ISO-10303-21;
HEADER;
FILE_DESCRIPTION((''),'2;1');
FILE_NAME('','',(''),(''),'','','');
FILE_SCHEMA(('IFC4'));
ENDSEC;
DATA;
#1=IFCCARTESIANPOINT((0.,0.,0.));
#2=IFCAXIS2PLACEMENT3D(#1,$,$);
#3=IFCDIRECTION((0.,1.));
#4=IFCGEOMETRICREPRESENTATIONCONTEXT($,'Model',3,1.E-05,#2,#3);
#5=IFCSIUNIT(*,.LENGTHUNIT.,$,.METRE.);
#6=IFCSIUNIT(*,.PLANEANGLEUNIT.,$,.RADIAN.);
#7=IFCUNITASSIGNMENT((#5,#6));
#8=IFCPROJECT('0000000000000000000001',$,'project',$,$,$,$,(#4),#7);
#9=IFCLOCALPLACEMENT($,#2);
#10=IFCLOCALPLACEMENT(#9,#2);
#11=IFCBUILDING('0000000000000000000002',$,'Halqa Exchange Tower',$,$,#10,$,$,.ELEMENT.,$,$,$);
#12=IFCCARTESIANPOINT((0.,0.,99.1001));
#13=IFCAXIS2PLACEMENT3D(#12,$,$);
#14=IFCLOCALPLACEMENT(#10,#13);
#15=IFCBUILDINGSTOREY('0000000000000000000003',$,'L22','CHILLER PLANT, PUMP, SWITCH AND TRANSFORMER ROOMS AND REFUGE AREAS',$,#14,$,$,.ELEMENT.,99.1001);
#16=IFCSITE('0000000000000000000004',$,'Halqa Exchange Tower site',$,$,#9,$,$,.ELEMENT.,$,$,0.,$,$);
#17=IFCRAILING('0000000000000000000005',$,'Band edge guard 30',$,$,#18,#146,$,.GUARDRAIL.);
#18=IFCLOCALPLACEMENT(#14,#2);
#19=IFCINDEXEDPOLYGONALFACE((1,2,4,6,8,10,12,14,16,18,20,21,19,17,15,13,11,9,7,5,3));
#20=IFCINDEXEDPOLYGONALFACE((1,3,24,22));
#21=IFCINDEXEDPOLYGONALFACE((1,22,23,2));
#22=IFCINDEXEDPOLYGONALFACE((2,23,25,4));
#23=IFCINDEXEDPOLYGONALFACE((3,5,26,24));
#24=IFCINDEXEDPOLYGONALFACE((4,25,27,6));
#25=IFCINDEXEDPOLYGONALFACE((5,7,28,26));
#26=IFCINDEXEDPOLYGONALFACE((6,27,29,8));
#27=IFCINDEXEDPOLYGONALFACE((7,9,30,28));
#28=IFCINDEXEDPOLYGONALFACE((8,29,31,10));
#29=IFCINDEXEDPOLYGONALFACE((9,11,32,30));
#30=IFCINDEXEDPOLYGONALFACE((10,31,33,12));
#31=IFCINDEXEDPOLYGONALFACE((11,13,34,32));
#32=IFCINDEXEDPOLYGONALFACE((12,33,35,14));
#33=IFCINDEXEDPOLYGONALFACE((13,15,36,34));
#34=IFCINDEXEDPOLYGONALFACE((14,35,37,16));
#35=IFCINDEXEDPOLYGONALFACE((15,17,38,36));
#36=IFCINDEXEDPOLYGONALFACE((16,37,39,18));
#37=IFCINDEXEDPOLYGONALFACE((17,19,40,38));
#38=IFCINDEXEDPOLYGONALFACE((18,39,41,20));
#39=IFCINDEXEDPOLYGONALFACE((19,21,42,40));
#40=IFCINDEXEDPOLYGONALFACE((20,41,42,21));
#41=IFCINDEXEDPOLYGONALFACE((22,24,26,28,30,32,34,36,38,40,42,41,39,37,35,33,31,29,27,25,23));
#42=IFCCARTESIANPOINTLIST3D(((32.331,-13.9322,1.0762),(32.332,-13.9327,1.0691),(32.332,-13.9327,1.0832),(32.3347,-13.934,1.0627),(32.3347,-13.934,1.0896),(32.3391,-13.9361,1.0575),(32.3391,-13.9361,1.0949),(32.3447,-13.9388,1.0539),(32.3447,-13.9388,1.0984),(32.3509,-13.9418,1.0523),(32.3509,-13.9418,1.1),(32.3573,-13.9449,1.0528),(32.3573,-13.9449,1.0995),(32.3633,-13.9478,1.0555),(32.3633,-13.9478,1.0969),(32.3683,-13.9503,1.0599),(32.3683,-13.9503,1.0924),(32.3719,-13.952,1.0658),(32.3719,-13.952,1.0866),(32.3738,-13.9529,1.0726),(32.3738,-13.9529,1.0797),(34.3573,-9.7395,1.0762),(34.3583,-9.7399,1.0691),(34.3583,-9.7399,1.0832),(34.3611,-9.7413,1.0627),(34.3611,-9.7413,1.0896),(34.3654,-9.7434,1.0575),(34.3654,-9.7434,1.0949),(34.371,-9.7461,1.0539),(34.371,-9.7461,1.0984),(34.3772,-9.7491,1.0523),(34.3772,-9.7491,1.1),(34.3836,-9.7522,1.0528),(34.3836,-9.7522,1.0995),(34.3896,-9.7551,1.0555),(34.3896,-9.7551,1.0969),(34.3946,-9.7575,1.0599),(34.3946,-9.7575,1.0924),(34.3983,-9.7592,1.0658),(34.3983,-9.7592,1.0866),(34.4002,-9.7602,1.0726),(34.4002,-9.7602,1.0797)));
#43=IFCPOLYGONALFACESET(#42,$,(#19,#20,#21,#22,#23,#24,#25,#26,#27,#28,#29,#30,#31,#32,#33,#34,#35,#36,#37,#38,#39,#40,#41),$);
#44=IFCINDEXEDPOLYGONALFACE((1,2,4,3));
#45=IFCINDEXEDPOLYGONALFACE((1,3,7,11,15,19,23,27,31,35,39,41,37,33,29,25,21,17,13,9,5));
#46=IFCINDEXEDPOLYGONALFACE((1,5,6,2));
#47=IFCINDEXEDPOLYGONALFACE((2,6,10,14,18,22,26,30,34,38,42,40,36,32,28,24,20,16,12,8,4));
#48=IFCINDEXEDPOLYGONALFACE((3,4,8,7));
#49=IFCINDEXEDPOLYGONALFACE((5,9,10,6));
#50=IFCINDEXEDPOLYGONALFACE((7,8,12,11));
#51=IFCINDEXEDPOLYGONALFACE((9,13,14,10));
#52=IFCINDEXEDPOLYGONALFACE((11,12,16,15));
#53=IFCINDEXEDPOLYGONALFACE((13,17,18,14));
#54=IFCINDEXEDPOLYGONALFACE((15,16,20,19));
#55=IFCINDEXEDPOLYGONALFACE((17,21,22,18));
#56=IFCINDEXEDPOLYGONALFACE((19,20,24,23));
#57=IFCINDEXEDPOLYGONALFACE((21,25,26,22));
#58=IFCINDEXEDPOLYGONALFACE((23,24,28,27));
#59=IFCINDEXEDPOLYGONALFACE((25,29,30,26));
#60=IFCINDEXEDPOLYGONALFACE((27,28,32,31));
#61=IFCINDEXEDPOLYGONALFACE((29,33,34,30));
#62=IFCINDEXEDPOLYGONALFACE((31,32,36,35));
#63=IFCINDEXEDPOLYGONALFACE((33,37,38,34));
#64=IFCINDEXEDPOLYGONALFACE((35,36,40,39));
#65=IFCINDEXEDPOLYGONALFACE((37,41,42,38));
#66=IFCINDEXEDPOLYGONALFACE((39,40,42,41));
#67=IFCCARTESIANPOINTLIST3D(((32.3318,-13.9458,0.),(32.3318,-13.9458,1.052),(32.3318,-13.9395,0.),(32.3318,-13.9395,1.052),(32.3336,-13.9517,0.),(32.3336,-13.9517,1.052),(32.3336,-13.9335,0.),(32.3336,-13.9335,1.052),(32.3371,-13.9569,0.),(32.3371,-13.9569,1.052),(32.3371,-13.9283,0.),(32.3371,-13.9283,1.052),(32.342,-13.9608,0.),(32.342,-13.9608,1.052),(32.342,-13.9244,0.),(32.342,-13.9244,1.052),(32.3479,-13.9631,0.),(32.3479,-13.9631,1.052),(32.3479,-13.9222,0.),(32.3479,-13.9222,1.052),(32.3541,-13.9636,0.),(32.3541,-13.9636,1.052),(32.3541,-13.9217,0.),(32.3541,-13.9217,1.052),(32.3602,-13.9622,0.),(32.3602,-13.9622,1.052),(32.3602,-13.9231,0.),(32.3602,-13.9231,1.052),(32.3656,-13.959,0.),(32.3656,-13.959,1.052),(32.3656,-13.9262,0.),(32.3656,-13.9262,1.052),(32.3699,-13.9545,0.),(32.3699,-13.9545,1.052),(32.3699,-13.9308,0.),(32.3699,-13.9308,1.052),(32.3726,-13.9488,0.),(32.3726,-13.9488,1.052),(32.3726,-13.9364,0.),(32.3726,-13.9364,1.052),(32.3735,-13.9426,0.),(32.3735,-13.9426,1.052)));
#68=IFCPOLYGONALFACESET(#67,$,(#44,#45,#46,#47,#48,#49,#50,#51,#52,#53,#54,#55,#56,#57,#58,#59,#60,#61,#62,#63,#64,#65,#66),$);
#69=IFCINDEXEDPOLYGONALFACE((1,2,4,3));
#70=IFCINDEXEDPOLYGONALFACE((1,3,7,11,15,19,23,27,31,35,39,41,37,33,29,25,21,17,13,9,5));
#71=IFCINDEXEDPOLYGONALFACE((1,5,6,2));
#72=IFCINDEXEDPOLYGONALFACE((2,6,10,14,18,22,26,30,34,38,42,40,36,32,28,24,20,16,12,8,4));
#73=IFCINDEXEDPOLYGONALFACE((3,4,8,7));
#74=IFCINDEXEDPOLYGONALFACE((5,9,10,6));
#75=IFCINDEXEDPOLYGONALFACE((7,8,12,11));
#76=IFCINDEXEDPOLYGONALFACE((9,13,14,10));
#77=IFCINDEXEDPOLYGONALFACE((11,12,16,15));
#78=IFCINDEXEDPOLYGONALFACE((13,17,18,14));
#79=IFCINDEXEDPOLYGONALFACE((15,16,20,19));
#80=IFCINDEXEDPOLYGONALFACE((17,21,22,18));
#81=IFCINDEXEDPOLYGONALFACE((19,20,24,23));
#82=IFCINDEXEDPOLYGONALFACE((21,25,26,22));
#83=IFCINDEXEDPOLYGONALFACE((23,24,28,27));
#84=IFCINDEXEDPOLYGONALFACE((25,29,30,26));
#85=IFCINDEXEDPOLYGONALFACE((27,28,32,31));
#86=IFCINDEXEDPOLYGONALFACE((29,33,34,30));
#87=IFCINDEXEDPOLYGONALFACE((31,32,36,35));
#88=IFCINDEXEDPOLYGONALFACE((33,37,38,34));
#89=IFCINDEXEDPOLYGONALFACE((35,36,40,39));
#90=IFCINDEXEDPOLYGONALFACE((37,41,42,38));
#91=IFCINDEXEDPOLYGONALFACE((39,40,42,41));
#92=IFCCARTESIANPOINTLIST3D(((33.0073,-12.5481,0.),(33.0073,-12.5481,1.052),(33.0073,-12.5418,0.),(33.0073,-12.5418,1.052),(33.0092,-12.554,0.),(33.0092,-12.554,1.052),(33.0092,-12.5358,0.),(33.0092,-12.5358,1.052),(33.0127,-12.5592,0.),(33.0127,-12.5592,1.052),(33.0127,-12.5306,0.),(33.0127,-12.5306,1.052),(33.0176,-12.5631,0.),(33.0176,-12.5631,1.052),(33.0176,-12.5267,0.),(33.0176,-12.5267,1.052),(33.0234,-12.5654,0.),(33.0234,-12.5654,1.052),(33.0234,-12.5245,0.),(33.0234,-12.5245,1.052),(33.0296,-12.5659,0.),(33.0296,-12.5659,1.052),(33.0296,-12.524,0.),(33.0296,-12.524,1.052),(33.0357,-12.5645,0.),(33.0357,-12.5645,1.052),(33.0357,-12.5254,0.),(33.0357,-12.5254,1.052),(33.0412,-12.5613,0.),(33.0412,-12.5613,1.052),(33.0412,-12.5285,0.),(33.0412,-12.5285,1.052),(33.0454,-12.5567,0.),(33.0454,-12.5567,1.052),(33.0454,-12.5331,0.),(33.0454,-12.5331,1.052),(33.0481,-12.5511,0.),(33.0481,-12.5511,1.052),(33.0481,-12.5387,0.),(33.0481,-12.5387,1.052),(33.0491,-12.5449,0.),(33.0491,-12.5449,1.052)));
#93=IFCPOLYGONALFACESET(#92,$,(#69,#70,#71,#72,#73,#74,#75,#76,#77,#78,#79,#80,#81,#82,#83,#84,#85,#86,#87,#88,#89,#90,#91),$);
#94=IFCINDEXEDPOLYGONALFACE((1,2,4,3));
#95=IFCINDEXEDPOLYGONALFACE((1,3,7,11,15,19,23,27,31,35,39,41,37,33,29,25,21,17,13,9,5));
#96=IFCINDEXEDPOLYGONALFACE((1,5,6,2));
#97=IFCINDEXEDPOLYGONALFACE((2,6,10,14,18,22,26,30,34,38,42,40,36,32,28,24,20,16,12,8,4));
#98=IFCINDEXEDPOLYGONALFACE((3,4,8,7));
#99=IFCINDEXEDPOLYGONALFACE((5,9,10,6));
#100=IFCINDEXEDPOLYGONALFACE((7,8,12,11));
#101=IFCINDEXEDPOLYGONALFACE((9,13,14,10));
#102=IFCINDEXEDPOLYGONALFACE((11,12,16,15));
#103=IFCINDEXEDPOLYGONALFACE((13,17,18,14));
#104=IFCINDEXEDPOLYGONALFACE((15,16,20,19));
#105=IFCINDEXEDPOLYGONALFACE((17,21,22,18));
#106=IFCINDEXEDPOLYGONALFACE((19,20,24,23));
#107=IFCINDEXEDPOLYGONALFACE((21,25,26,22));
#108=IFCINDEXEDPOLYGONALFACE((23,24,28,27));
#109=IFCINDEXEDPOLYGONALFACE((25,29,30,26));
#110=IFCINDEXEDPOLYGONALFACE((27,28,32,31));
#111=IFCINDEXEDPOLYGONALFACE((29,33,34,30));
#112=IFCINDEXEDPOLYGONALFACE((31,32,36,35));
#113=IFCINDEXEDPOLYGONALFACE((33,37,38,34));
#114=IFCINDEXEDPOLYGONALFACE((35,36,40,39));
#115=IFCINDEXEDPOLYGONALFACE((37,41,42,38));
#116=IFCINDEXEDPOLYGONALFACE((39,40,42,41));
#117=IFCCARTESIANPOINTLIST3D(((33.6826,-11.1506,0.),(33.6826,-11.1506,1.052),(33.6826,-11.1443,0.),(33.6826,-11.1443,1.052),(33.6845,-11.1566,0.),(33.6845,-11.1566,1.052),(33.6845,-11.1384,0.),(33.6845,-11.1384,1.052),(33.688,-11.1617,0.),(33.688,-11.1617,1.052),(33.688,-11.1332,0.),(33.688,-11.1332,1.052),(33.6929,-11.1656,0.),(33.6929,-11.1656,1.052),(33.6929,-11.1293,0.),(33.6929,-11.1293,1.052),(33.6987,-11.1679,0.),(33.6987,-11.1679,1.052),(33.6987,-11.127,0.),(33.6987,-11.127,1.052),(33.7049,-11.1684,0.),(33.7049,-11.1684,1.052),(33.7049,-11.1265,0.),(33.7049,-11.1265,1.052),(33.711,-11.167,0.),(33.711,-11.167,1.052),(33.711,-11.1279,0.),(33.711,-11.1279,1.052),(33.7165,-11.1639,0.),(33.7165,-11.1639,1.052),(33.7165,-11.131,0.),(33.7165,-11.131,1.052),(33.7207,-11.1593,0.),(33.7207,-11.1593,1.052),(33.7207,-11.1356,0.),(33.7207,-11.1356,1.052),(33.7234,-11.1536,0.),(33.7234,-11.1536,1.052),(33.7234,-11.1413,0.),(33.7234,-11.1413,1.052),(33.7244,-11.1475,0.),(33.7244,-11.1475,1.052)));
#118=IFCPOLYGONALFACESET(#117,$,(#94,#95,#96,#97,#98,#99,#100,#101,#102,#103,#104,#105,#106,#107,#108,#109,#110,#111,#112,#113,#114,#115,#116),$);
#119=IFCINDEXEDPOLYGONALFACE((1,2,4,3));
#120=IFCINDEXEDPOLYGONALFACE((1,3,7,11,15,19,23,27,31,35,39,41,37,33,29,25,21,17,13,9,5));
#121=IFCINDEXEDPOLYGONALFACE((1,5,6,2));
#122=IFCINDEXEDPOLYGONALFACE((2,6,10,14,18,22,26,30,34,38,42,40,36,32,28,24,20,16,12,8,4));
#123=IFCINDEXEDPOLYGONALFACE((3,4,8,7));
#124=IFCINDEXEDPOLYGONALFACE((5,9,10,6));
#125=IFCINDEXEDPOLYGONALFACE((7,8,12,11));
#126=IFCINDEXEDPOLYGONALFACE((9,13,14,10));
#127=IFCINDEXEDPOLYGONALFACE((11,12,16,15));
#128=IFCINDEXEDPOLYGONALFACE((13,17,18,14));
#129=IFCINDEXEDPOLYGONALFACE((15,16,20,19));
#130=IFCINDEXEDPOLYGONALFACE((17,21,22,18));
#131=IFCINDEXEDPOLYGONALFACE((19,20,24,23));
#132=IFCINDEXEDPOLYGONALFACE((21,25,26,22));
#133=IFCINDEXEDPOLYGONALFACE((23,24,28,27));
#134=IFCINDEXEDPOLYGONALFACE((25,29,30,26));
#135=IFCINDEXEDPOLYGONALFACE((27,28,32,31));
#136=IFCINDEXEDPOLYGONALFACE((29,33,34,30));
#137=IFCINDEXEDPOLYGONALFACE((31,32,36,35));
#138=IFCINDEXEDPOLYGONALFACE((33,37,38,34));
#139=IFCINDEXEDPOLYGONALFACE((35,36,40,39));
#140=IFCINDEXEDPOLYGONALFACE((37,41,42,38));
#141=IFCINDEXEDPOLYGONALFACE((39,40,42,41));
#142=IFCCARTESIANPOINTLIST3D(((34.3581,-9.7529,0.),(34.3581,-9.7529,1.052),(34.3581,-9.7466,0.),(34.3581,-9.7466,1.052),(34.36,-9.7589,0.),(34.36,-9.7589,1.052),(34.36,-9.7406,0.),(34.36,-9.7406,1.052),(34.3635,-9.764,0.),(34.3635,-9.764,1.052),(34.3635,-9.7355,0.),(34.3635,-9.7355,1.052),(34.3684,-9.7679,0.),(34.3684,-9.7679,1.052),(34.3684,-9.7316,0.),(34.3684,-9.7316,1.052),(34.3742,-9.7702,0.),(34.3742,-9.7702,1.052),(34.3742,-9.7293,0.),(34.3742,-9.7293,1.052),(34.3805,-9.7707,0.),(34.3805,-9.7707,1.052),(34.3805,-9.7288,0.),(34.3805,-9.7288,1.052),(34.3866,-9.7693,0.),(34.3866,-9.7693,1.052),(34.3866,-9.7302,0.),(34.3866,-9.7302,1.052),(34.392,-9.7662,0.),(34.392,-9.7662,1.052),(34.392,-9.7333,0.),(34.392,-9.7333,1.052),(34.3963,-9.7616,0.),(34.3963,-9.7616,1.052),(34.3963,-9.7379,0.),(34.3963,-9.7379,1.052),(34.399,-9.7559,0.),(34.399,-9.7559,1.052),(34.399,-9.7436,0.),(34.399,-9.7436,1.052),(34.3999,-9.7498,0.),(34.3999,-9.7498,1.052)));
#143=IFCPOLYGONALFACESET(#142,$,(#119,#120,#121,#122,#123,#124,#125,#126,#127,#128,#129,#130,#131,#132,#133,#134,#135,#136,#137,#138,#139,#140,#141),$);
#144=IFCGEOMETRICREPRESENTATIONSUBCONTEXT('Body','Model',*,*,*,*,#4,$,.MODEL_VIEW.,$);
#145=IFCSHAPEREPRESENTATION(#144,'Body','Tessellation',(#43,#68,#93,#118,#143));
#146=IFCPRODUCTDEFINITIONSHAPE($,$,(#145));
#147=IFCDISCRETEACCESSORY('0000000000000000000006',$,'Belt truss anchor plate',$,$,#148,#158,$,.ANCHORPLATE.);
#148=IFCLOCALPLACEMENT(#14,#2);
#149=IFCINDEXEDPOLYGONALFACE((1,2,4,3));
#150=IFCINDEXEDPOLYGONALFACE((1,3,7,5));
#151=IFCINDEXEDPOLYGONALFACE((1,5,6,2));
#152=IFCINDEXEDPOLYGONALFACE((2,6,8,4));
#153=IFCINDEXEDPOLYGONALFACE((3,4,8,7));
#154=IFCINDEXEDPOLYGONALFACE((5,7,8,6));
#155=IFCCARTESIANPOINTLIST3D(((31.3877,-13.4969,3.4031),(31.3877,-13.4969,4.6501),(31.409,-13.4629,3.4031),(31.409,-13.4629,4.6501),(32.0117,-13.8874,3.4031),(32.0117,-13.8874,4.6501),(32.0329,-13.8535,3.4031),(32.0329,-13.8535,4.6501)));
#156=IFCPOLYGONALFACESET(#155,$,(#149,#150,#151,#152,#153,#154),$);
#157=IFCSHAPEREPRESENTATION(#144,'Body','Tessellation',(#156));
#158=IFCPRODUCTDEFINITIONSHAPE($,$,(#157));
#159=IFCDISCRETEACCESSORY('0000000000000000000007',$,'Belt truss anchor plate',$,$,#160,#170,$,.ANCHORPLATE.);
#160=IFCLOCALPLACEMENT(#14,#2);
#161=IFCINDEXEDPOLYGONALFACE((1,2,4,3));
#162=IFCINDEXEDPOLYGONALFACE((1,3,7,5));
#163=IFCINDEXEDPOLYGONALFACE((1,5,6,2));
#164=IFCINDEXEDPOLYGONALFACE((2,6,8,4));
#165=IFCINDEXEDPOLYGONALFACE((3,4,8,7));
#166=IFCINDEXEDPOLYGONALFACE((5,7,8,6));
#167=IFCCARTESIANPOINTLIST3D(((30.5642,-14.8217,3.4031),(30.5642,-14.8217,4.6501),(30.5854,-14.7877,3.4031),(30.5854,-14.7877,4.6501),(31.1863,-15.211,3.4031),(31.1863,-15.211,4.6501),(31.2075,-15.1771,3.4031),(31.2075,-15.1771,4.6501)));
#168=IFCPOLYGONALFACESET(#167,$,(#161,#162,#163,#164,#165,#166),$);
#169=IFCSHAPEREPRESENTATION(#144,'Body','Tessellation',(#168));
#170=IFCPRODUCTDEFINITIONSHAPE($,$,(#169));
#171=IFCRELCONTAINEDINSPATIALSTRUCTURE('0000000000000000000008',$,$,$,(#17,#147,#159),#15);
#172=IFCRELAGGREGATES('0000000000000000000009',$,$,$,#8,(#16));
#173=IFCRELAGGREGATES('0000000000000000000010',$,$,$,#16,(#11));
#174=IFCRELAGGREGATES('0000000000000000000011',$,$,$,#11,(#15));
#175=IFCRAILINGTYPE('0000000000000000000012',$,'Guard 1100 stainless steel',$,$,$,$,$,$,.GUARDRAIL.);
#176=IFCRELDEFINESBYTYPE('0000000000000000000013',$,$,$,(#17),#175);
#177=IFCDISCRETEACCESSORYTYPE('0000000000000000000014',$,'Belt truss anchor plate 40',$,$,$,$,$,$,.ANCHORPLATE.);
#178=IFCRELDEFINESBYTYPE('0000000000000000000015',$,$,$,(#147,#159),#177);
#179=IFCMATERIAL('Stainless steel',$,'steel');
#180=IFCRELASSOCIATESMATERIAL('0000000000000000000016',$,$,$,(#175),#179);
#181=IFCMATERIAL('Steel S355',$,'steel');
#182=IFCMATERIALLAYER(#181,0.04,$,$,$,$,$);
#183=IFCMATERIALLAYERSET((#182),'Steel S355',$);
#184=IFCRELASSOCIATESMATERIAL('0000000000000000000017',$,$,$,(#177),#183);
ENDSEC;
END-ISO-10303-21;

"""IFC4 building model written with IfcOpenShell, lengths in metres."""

from ifc_helpers import new_model, si_unit, direction, frame, origin, origin_2d, place, context, subcontext, project, spatial, rectangle, circle, extrude, material, layer, layer_set, type_object, element, save


model = new_model("IFC4")

# Units and contexts
model_context = context("Model", 3, precision=1e-05, world=origin(), true_north=direction((0.0, 1.0)))
body_context = subcontext(model_context, "Body", "Model", "MODEL_VIEW")
ifc_project = project(units=[si_unit("LENGTHUNIT", "METRE"), si_unit("PLANEANGLEUNIT", "RADIAN")], contexts=[model_context])

# Site, building, storey
site_placement = place(None, origin())
site = spatial("IfcSite", under=ifc_project, at=site_placement, Name="Halqa Exchange Tower site", CompositionType="ELEMENT", RefElevation=0.0)
building_placement = place(site_placement, origin())
building = spatial("IfcBuilding", under=site, at=building_placement, Name="Halqa Exchange Tower", CompositionType="ELEMENT")
storey_placement = place(building_placement, frame((0.0, 0.0, 99.1001)))
storey = spatial("IfcBuildingStorey", under=building, at=storey_placement, Name="L22", Description="CHILLER PLANT, PUMP, SWITCH AND TRANSFORMER ROOMS AND REFUGE AREAS", CompositionType="ELEMENT", Elevation=99.1001)

# Shared definitions
ifc_material_1 = material(Name="Steel S355", Category="steel")

# Railing
ifc_material_2 = material(Name="Stainless steel", Category="steel")
railing_type = type_object("IfcRailingType", Name="Guard 1100 stainless steel", PredefinedType="GUARDRAIL", material=ifc_material_2)
railing_placement = place(storey_placement, frame((32.3525, -13.9426, 0.0)))
element("IfcRailing", 1, at=railing_placement, inside=storey, type_object=railing_type, Name="Band edge guard 30", PredefinedType="GUARDRAIL", context=body_context, shape_type="SweptSolid", body=[
    extrude(circle(Radius=0.0239, at=origin_2d()), frame((0.0, 0.0, 1.0762), z_axis=(0.435136, 0.900365, 0.0), x_axis=(-0.900365, 0.435136, 0.0)), (0.0, 0.0, 1.0), 4.6567),
    extrude(circle(Radius=0.021, at=origin_2d()), origin(), (0.0, 0.0, 1.0), 1.052),
    extrude(circle(Radius=0.021, at=origin_2d()), frame((0.6755, 1.3977, 0.0)), (0.0, 0.0, 1.0), 1.052),
    extrude(circle(Radius=0.021, at=origin_2d()), frame((1.3508, 2.7952, 0.0)), (0.0, 0.0, 1.0), 1.052),
    extrude(circle(Radius=0.021, at=origin_2d()), frame((2.0264, 4.1929, 0.0)), (0.0, 0.0, 1.0), 1.052),
])

# Discrete accessories
ifc_layer_1 = layer(ifc_material_1, 0.04)
ifc_layer_set_1 = layer_set([ifc_layer_1], Name="Steel S355")
discrete_accessory_type = type_object("IfcDiscreteAccessoryType", Name="Belt truss anchor plate 40", PredefinedType="ANCHORPLATE", material=ifc_layer_set_1)
discrete_accessory_1_placement = place(storey_placement, frame((31.6997, -13.6921, 4.0266), z_axis=(0.530547, 0.847656, 0.0), x_axis=(-0.847656, 0.530547, 0.0)))
element("IfcDiscreteAccessory", 2, at=discrete_accessory_1_placement, inside=storey, type_object=discrete_accessory_type, Name="Belt truss anchor plate", PredefinedType="ANCHORPLATE", context=body_context, shape_type="SweptSolid", body=[
    extrude(rectangle(XDim=0.7361, YDim=1.2471, at=origin_2d()), origin(), (0.0, 0.0, 1.0), 0.04),
])
discrete_accessory_2_placement = place(storey_placement, frame((30.8965, -14.9824, 4.0266), z_axis=(-0.530547, -0.847656, 0.0), x_axis=(0.847656, -0.530547, 0.0)))
element("IfcDiscreteAccessory", 3, at=discrete_accessory_2_placement, inside=storey, type_object=discrete_accessory_type, Name="Belt truss anchor plate", PredefinedType="ANCHORPLATE", context=body_context, shape_type="SweptSolid", body=[
    extrude(rectangle(XDim=0.7339, YDim=1.2471, at=origin_2d()), origin(), (0.0, 0.0, 1.0), 0.04),
])

save(model, "model.ifc")
